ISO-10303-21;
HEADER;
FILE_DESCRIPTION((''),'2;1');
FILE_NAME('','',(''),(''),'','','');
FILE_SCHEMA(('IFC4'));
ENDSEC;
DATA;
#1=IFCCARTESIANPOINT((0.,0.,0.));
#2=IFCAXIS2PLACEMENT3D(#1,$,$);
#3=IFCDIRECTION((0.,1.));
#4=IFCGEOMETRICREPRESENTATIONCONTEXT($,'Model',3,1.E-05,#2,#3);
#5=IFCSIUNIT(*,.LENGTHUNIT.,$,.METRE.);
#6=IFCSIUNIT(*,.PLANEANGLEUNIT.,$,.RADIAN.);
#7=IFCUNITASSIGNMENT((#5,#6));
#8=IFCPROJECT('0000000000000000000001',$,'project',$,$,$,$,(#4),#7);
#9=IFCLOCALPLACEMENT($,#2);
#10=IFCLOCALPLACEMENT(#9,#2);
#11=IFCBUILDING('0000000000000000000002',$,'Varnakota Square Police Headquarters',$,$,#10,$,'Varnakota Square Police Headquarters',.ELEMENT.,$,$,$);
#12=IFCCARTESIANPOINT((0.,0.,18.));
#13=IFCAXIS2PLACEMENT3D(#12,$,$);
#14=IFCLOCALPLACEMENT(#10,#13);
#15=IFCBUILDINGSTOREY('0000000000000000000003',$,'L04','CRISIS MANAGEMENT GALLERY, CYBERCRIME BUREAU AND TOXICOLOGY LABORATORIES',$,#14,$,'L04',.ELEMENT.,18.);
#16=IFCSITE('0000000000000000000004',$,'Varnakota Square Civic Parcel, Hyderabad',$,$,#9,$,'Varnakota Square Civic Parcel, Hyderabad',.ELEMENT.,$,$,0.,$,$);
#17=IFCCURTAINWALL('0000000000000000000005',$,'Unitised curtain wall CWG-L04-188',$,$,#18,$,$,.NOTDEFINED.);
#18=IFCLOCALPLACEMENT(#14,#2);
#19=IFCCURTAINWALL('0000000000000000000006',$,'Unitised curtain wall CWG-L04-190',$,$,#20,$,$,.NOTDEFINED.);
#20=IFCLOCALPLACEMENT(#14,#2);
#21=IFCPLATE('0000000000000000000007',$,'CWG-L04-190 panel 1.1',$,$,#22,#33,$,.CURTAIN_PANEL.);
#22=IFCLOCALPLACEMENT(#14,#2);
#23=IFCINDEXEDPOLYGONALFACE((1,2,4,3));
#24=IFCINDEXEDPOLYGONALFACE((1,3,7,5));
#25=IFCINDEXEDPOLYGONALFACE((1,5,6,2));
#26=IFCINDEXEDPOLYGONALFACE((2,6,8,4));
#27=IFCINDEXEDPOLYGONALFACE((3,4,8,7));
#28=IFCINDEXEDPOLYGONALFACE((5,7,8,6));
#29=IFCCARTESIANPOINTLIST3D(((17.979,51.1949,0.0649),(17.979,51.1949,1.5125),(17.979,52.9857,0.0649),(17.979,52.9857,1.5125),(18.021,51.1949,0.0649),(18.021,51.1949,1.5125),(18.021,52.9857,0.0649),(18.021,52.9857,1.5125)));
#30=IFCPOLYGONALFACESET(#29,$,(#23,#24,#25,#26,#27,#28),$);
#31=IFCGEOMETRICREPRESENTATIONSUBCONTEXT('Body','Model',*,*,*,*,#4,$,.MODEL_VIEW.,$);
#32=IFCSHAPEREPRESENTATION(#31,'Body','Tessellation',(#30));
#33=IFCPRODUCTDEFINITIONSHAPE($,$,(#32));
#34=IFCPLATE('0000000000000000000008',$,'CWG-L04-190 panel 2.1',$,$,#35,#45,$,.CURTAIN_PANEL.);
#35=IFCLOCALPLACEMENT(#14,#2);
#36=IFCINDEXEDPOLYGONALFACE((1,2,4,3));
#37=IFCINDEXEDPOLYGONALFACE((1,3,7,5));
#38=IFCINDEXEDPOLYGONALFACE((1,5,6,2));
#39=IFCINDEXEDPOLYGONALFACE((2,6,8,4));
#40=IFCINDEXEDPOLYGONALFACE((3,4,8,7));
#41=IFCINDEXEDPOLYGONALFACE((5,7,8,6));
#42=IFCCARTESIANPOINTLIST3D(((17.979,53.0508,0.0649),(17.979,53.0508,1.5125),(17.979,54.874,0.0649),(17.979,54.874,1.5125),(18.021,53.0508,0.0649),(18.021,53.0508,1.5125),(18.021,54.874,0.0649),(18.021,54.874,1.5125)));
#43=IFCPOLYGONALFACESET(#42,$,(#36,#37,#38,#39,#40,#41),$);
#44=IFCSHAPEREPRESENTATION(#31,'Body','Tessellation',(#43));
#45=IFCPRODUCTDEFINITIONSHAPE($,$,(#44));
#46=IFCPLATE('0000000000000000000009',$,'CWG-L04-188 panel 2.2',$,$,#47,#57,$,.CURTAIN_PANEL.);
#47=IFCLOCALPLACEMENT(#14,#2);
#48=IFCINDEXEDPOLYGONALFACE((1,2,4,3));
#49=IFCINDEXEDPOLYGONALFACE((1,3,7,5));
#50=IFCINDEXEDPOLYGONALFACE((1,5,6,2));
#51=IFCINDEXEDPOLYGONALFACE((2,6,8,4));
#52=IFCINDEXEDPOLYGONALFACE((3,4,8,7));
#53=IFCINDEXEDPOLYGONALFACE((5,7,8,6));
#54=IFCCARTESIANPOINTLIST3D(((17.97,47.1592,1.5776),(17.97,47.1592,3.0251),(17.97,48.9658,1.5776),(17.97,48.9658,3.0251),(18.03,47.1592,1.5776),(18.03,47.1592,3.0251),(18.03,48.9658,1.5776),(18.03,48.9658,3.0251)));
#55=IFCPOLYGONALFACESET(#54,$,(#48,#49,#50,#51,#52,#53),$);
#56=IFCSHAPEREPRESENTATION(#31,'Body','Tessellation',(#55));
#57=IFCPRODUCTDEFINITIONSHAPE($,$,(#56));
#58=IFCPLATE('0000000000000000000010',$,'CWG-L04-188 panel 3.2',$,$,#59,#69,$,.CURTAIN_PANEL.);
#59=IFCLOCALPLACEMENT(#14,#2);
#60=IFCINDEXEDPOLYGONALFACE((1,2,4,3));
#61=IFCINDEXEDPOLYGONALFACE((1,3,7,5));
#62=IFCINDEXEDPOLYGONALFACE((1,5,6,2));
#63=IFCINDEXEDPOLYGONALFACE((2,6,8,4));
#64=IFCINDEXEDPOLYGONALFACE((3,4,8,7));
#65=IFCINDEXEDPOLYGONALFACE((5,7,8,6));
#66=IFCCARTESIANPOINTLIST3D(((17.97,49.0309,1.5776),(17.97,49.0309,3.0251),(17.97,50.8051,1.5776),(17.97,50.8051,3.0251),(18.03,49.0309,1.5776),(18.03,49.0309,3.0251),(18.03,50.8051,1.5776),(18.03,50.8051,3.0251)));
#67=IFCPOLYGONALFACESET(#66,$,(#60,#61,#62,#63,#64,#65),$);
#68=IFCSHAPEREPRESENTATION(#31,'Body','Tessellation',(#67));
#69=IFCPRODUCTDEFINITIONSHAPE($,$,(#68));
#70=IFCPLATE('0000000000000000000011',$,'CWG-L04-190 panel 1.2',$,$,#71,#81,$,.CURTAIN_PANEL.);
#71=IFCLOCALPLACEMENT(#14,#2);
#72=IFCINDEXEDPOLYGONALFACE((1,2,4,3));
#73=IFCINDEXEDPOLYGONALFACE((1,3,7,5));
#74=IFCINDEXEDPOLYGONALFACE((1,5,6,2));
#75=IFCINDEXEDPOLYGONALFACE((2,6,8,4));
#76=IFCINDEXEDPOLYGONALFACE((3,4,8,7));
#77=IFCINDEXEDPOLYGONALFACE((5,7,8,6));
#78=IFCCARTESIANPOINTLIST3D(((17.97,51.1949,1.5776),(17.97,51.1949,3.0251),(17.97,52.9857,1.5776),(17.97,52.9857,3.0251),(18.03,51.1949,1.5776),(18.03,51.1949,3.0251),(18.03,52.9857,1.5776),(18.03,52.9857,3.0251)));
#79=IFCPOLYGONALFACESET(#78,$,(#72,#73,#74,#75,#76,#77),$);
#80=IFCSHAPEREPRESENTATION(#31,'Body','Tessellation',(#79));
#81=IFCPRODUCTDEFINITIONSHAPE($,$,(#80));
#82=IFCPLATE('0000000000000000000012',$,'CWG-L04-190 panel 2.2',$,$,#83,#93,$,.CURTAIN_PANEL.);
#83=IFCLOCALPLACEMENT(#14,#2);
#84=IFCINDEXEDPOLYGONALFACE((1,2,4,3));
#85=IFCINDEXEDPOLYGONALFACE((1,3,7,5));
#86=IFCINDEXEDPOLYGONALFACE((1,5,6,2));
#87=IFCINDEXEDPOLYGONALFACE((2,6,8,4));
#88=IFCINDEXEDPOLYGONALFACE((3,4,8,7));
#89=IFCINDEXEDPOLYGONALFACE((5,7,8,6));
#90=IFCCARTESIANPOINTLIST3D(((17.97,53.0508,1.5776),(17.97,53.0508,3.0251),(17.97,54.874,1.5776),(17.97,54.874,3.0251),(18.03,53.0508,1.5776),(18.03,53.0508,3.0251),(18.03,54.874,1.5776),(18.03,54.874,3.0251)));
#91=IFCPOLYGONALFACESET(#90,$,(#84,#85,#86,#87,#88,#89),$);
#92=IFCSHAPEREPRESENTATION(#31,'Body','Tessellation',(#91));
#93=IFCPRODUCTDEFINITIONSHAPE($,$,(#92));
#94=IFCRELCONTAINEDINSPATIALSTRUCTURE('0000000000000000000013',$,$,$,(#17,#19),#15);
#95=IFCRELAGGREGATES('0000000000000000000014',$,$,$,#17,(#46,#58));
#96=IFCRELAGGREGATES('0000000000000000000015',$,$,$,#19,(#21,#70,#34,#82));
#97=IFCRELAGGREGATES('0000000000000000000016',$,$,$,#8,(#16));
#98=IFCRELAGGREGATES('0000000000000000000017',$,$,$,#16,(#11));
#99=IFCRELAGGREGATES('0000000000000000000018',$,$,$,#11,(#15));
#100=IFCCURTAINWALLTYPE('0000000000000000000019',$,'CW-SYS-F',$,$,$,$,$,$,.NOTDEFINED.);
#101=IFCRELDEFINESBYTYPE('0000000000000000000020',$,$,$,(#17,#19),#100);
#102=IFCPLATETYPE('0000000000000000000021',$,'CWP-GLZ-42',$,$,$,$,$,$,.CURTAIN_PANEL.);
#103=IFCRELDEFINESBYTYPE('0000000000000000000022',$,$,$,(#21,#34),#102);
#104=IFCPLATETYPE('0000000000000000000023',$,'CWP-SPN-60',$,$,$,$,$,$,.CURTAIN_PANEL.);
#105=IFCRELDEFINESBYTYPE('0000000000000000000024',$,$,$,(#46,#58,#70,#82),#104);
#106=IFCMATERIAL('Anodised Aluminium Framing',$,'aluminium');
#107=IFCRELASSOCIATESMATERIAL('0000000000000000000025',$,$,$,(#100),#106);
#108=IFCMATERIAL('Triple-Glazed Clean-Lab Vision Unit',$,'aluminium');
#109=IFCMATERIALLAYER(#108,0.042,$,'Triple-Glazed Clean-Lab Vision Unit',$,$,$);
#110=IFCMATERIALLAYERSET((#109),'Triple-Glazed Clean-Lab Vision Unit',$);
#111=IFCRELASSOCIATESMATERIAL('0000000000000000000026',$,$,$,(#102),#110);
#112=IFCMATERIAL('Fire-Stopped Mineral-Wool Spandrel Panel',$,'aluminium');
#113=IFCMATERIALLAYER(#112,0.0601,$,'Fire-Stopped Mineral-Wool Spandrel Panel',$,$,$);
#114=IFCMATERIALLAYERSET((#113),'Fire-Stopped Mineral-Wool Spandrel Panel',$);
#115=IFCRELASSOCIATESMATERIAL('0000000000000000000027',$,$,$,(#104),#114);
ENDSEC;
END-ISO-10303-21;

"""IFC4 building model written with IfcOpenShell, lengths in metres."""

from ifc_helpers import new_model, si_unit, direction, frame, origin, origin_2d, place, context, subcontext, project, spatial, rectangle, extrude, material, layer, layer_set, type_object, element, aggregate, save


model = new_model("IFC4")

# Units and contexts
model_context = context("Model", 3, precision=1e-05, world=origin(), true_north=direction((0.0, 1.0)))
body_context = subcontext(model_context, "Body", "Model", "MODEL_VIEW")
ifc_project = project(units=[si_unit("LENGTHUNIT", "METRE"), si_unit("PLANEANGLEUNIT", "RADIAN")], contexts=[model_context])

# Site, building, storey
site_placement = place(None, origin())
site = spatial("IfcSite", under=ifc_project, at=site_placement, Name="Varnakota Square Civic Parcel, Hyderabad", LongName="Varnakota Square Civic Parcel, Hyderabad", CompositionType="ELEMENT", RefElevation=0.0)
building_placement = place(site_placement, origin())
building = spatial("IfcBuilding", under=site, at=building_placement, Name="Varnakota Square Police Headquarters", LongName="Varnakota Square Police Headquarters", CompositionType="ELEMENT")
storey_placement = place(building_placement, frame((0.0, 0.0, 18.0)))
storey = spatial("IfcBuildingStorey", under=building, at=storey_placement, Name="L04", Description="CRISIS MANAGEMENT GALLERY, CYBERCRIME BUREAU AND TOXICOLOGY LABORATORIES", LongName="L04", CompositionType="ELEMENT", Elevation=18.0)

# Curtain walls
ifc_material_1 = material(Name="Anodised Aluminium Framing", Category="aluminium")
curtain_wall_type = type_object("IfcCurtainWallType", Name="CW-SYS-F", PredefinedType="NOTDEFINED", material=ifc_material_1)
curtain_wall_1_placement = place(storey_placement, origin())
curtain_wall_1 = element("IfcCurtainWall", 1, at=curtain_wall_1_placement, inside=storey, type_object=curtain_wall_type, Name="Unitised curtain wall CWG-L04-188", PredefinedType="NOTDEFINED")
curtain_wall_2_placement = place(storey_placement, origin())
curtain_wall_2 = element("IfcCurtainWall", 2, at=curtain_wall_2_placement, inside=storey, type_object=curtain_wall_type, Name="Unitised curtain wall CWG-L04-190", PredefinedType="NOTDEFINED")

# Plates
ifc_material_2 = material(Name="Triple-Glazed Clean-Lab Vision Unit", Category="aluminium")
ifc_layer_1 = layer(ifc_material_2, 0.042, Name="Triple-Glazed Clean-Lab Vision Unit")
ifc_layer_set_1 = layer_set([ifc_layer_1], Name="Triple-Glazed Clean-Lab Vision Unit")
plate_type_1 = type_object("IfcPlateType", Name="CWP-GLZ-42", PredefinedType="CURTAIN_PANEL", material=ifc_layer_set_1)
plate_1_placement = place(storey_placement, frame((18.0, 52.0903, 0.0649), z_axis=(0.0, 0.0, 1.0), x_axis=(0.0, 1.0, 0.0)))
plate_1 = element("IfcPlate", 3, at=plate_1_placement, type_object=plate_type_1, Name="CWG-L04-190 panel 1.1", PredefinedType="CURTAIN_PANEL", context=body_context, shape_type="SweptSolid", body=[
    extrude(rectangle(XDim=1.7908, YDim=0.042, at=origin_2d()), origin(), (0.0, 0.0, 1.0), 1.4475),
])
plate_2_placement = place(storey_placement, frame((18.0, 53.9624, 0.0649), z_axis=(0.0, 0.0, 1.0), x_axis=(0.0, 1.0, 0.0)))
plate_2 = element("IfcPlate", 4, at=plate_2_placement, type_object=plate_type_1, Name="CWG-L04-190 panel 2.1", PredefinedType="CURTAIN_PANEL", context=body_context, shape_type="SweptSolid", body=[
    extrude(rectangle(XDim=1.8232, YDim=0.042, at=origin_2d()), origin(), (0.0, 0.0, 1.0), 1.4475),
])
ifc_material_3 = material(Name="Fire-Stopped Mineral-Wool Spandrel Panel", Category="aluminium")
ifc_layer_2 = layer(ifc_material_3, 0.0601, Name="Fire-Stopped Mineral-Wool Spandrel Panel")
ifc_layer_set_2 = layer_set([ifc_layer_2], Name="Fire-Stopped Mineral-Wool Spandrel Panel")
plate_type_2 = type_object("IfcPlateType", Name="CWP-SPN-60", PredefinedType="CURTAIN_PANEL", material=ifc_layer_set_2)
plate_3_placement = place(storey_placement, frame((18.0, 48.0625, 1.5776), z_axis=(0.0, 0.0, 1.0), x_axis=(0.0, 1.0, 0.0)))
plate_3 = element("IfcPlate", 5, at=plate_3_placement, type_object=plate_type_2, Name="CWG-L04-188 panel 2.2", PredefinedType="CURTAIN_PANEL", context=body_context, shape_type="SweptSolid", body=[
    extrude(rectangle(XDim=1.8066, YDim=0.0601, at=origin_2d()), origin(), (0.0, 0.0, 1.0), 1.4475),
])
plate_4_placement = place(storey_placement, frame((18.0, 49.918, 1.5776), z_axis=(0.0, 0.0, 1.0), x_axis=(0.0, 1.0, 0.0)))
plate_4 = element("IfcPlate", 6, at=plate_4_placement, type_object=plate_type_2, Name="CWG-L04-188 panel 3.2", PredefinedType="CURTAIN_PANEL", context=body_context, shape_type="SweptSolid", body=[
    extrude(rectangle(XDim=1.7742, YDim=0.0601, at=origin_2d()), origin(), (0.0, 0.0, 1.0), 1.4475),
])
aggregate(curtain_wall_1, [plate_3, plate_4])
plate_5_placement = place(storey_placement, frame((18.0, 52.0903, 1.5776), z_axis=(0.0, 0.0, 1.0), x_axis=(0.0, 1.0, 0.0)))
plate_5 = element("IfcPlate", 7, at=plate_5_placement, type_object=plate_type_2, Name="CWG-L04-190 panel 1.2", PredefinedType="CURTAIN_PANEL", context=body_context, shape_type="SweptSolid", body=[
    extrude(rectangle(XDim=1.7908, YDim=0.0601, at=origin_2d()), origin(), (0.0, 0.0, 1.0), 1.4475),
])
plate_6_placement = place(storey_placement, frame((18.0, 53.9624, 1.5776), z_axis=(0.0, 0.0, 1.0), x_axis=(0.0, 1.0, 0.0)))
plate_6 = element("IfcPlate", 8, at=plate_6_placement, type_object=plate_type_2, Name="CWG-L04-190 panel 2.2", PredefinedType="CURTAIN_PANEL", context=body_context, shape_type="SweptSolid", body=[
    extrude(rectangle(XDim=1.8232, YDim=0.0601, at=origin_2d()), origin(), (0.0, 0.0, 1.0), 1.4475),
])
aggregate(curtain_wall_2, [plate_1, plate_5, plate_2, plate_6])

save(model, "model.ifc")
